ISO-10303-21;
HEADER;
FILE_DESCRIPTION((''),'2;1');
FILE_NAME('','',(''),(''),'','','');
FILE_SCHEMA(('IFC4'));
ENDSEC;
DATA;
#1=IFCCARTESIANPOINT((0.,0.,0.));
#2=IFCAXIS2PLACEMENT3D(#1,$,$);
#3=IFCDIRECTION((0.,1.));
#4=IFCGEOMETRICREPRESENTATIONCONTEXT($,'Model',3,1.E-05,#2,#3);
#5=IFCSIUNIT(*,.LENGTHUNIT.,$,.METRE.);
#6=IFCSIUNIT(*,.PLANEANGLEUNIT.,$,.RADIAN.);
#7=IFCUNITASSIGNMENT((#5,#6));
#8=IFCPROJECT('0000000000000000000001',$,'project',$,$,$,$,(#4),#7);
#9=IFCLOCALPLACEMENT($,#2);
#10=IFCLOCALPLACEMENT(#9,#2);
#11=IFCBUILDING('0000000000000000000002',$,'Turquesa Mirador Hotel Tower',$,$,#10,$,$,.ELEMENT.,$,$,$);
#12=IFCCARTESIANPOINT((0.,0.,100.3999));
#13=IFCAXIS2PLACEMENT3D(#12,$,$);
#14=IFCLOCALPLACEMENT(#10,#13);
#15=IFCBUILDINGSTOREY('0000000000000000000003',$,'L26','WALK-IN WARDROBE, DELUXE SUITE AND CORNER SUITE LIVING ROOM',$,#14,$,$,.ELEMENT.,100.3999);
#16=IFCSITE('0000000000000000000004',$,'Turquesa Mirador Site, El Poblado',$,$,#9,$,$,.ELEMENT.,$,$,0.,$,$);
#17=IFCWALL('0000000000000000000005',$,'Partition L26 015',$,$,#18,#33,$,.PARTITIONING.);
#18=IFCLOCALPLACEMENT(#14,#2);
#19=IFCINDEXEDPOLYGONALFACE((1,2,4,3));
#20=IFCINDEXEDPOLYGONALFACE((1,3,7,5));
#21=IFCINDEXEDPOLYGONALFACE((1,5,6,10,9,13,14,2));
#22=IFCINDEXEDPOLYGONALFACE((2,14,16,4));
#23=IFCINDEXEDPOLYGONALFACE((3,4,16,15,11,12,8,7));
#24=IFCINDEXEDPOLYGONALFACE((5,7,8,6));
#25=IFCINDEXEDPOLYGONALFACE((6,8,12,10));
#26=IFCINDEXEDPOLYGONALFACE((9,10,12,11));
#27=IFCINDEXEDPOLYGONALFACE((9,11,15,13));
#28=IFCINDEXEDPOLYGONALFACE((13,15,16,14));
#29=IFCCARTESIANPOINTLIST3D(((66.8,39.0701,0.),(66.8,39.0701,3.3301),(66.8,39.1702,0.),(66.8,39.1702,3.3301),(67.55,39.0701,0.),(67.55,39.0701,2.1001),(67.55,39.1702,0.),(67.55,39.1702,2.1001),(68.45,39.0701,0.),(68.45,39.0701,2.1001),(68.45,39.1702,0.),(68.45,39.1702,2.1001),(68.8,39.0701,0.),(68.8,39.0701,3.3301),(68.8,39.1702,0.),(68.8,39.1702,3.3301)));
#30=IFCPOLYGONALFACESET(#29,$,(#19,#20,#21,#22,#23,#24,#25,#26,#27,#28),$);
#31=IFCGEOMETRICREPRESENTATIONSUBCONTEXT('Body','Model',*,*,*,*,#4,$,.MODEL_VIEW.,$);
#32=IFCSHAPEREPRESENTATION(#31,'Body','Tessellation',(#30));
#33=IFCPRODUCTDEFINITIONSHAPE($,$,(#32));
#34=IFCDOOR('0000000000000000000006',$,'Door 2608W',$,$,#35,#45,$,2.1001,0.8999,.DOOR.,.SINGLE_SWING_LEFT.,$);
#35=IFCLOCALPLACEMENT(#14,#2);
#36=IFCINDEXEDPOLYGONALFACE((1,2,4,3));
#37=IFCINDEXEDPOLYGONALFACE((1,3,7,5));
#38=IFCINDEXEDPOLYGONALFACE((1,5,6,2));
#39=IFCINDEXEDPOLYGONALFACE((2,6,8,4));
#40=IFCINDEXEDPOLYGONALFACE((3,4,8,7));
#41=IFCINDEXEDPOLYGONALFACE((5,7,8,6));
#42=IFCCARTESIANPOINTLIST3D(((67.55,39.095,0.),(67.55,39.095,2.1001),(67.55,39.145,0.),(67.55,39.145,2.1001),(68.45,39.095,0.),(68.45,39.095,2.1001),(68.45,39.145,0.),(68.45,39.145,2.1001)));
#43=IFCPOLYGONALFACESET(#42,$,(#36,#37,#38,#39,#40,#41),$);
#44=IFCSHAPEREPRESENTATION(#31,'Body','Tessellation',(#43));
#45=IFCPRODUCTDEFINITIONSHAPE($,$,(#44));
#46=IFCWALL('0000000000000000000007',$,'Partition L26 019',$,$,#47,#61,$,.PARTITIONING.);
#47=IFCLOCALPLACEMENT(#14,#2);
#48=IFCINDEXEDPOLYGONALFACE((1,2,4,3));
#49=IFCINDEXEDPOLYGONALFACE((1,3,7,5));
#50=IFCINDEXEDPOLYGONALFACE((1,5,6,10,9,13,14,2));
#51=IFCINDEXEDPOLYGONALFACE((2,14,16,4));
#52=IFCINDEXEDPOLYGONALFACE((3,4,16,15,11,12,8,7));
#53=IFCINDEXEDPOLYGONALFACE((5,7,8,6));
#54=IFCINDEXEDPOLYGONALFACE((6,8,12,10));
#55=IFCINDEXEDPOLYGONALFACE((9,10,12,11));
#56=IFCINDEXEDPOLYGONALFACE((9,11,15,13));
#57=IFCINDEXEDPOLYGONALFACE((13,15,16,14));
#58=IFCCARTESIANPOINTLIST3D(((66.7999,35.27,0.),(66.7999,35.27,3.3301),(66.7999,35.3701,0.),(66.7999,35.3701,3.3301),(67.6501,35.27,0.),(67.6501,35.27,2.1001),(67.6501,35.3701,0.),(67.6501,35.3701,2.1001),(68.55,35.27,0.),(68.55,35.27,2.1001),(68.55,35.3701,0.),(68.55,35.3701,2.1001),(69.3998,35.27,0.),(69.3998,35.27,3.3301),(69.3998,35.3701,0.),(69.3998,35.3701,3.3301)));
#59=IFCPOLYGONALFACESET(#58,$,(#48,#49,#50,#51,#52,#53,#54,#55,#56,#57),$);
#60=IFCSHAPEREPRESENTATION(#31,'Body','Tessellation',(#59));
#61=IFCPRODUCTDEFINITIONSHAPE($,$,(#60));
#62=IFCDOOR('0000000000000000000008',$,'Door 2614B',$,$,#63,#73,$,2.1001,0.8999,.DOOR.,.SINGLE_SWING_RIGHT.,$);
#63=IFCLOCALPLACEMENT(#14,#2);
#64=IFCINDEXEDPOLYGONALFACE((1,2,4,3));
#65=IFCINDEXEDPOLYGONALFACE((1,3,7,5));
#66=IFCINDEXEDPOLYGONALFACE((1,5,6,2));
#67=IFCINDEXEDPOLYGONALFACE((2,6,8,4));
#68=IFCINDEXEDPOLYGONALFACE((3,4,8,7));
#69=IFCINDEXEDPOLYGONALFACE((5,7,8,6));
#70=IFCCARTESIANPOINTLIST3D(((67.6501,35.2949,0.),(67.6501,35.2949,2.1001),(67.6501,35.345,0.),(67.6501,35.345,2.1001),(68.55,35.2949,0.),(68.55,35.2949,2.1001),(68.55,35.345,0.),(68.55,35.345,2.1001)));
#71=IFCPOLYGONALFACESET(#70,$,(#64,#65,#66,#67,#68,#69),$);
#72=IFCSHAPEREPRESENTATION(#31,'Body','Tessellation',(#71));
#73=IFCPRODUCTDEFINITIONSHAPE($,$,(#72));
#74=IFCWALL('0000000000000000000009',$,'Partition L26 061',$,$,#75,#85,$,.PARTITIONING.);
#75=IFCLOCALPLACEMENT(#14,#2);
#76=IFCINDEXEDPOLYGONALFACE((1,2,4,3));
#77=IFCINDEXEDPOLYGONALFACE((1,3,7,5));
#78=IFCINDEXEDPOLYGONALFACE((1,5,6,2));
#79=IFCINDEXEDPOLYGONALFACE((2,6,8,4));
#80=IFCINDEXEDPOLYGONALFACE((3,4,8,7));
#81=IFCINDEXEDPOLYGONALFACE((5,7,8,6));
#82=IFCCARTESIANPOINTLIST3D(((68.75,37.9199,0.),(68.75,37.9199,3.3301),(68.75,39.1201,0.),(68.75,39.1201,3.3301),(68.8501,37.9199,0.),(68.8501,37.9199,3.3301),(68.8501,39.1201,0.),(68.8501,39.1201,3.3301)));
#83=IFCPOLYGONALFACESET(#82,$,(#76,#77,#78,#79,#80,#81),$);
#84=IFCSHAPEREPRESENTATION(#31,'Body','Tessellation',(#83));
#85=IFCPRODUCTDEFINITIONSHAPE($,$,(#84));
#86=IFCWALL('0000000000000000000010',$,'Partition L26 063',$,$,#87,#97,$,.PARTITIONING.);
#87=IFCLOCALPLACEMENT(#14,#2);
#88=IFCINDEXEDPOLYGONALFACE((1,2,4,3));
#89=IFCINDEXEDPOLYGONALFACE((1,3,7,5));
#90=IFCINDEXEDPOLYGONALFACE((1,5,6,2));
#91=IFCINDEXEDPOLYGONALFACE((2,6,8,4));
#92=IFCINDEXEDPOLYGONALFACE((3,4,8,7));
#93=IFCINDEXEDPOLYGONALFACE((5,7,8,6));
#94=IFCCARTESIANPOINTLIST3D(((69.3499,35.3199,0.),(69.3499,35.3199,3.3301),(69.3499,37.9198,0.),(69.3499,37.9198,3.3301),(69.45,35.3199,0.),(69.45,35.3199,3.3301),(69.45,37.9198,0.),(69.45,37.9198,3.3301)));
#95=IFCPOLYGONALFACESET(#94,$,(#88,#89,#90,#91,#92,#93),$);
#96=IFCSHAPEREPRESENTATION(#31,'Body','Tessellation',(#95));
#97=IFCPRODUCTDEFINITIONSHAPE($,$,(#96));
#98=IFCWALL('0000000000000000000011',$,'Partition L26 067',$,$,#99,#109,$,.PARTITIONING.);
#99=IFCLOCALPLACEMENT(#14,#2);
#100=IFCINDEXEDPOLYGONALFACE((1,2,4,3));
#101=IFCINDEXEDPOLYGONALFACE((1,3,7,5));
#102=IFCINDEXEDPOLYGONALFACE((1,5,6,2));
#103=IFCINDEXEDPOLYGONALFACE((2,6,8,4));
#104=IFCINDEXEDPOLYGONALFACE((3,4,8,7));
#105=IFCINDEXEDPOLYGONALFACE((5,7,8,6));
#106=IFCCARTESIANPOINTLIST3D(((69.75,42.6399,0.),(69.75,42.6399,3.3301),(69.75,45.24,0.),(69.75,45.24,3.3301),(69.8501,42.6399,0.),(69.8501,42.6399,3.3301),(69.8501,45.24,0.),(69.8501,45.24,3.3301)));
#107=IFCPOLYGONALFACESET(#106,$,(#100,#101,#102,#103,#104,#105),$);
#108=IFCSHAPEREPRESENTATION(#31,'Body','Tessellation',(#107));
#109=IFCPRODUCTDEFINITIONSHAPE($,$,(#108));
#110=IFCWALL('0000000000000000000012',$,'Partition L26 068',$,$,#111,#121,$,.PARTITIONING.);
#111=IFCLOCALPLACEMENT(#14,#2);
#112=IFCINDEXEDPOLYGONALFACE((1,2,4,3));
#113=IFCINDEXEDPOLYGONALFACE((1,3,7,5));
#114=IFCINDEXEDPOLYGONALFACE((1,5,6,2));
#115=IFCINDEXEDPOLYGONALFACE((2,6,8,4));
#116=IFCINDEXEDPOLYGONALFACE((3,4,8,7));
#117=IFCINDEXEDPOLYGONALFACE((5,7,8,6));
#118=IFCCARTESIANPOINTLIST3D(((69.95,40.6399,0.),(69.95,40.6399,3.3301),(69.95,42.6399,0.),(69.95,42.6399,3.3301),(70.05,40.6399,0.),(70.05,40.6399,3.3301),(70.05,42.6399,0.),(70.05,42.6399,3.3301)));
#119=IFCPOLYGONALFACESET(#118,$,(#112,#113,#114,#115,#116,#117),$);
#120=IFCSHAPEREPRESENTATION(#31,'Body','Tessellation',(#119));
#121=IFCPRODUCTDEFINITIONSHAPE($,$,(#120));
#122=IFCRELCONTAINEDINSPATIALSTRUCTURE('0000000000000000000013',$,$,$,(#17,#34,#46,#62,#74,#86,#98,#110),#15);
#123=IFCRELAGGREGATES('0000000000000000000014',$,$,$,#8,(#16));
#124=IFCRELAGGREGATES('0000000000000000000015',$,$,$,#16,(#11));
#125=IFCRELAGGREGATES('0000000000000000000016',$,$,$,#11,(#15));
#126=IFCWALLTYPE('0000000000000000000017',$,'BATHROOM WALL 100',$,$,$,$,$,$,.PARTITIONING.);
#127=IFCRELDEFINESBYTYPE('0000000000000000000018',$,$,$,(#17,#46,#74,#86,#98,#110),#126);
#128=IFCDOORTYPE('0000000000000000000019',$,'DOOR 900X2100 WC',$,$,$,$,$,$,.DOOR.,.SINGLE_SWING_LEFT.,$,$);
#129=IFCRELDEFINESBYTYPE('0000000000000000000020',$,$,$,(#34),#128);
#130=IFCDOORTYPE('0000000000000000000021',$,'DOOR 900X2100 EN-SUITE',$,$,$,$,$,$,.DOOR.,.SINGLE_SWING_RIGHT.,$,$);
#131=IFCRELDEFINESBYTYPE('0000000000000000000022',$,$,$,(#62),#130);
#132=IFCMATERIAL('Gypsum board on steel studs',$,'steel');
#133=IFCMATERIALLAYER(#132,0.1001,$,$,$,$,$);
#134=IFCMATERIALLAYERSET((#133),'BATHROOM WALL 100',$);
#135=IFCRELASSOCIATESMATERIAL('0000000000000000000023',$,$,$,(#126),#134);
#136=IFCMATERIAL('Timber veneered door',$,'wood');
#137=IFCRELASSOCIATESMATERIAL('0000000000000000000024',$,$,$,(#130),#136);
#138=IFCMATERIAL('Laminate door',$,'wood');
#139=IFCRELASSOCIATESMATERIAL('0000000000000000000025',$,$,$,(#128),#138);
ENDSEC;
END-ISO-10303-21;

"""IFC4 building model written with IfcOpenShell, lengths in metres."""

from ifc_helpers import new_model, si_unit, direction, frame, frame_2d, origin, place, context, subcontext, project, spatial, rectangle, extrude, material, layer, layer_set, type_object, element, fill, save


model = new_model("IFC4")

# Units and contexts
model_context = context("Model", 3, precision=1e-05, world=origin(), true_north=direction((0.0, 1.0)))
body_context = subcontext(model_context, "Body", "Model", "MODEL_VIEW")
ifc_project = project(units=[si_unit("LENGTHUNIT", "METRE"), si_unit("PLANEANGLEUNIT", "RADIAN")], contexts=[model_context])

# Site, building, storey
site_placement = place(None, origin())
site = spatial("IfcSite", under=ifc_project, at=site_placement, Name="Turquesa Mirador Site, El Poblado", CompositionType="ELEMENT", RefElevation=0.0)
building_placement = place(site_placement, origin())
building = spatial("IfcBuilding", under=site, at=building_placement, Name="Turquesa Mirador Hotel Tower", CompositionType="ELEMENT")
storey_placement = place(building_placement, frame((0.0, 0.0, 100.3999)))
storey = spatial("IfcBuildingStorey", under=building, at=storey_placement, Name="L26", Description="WALK-IN WARDROBE, DELUXE SUITE AND CORNER SUITE LIVING ROOM", CompositionType="ELEMENT", Elevation=100.3999)

# Walls, openings, doors
ifc_material_1 = material(Name="Gypsum board on steel studs", Category="steel")
ifc_layer_1 = layer(ifc_material_1, 0.1001)
ifc_layer_set_1 = layer_set([ifc_layer_1], Name="BATHROOM WALL 100")
wall_type_1 = type_object("IfcWallType", Name="BATHROOM WALL 100", PredefinedType="PARTITIONING", material=ifc_layer_set_1)
ifc_material_2 = material(Name="Timber veneered door", Category="wood")
door_type_1 = type_object("IfcDoorType", Name="DOOR 900X2100 EN-SUITE", OperationType="SINGLE_SWING_RIGHT", PredefinedType="DOOR", material=ifc_material_2)
wall_1_placement = place(storey_placement, frame((66.8, 39.1201, 0.0), z_axis=(0.0, 0.0, 1.0), x_axis=(1.0, 0.0, 0.0)))
wall_1 = element("IfcWall", 1, at=wall_1_placement, inside=storey, type_object=wall_type_1, Name="Partition L26 015", PredefinedType="PARTITIONING", context=body_context, shape_type="SweptSolid", body=[
    extrude(rectangle(XDim=2.0, YDim=0.1001, at=frame_2d((1.0, 0.0))), origin(), (0.0, 0.0, 1.0), 3.3301),
])
opening_1_placement = place(wall_1_placement, frame((0.75, 0.0, 0.0)))
opening_1 = element("IfcOpeningElement", 2, at=opening_1_placement, cuts=wall_1, PredefinedType="OPENING", context=body_context, shape_type="SweptSolid", body=[
    extrude(rectangle(XDim=0.8999, YDim=2.1001, at=frame_2d((0.45, 1.05))), frame((0.0, 0.0601, 0.0), z_axis=(0.0, -1.0, 0.0), x_axis=(1.0, 0.0, 0.0)), (0.0, 0.0, 1.0), 0.1201),
])
ifc_material_3 = material(Name="Laminate door", Category="wood")
door_type_2 = type_object("IfcDoorType", Name="DOOR 900X2100 WC", OperationType="SINGLE_SWING_LEFT", PredefinedType="DOOR", material=ifc_material_3)
door_1_placement = place(opening_1_placement, origin())
door_1 = element("IfcDoor", 3, at=door_1_placement, inside=storey, type_object=door_type_2, Name="Door 2608W", OperationType="SINGLE_SWING_LEFT", OverallHeight=2.1001, OverallWidth=0.8999, PredefinedType="DOOR", context=body_context, shape_type="SweptSolid", body=[
    extrude(rectangle(XDim=0.8999, YDim=2.1001, at=frame_2d((0.45, 1.05))), frame((0.0, 0.0249, 0.0), z_axis=(0.0, -1.0, 0.0), x_axis=(1.0, 0.0, 0.0)), (0.0, 0.0, 1.0), 0.05),
])
fill(opening_1, door_1)
wall_2_placement = place(storey_placement, frame((66.8, 35.3201, 0.0), z_axis=(0.0, 0.0, 1.0), x_axis=(1.0, 0.0, 0.0)))
wall_2 = element("IfcWall", 4, at=wall_2_placement, inside=storey, type_object=wall_type_1, Name="Partition L26 019", PredefinedType="PARTITIONING", context=body_context, shape_type="SweptSolid", body=[
    extrude(rectangle(XDim=2.5999, YDim=0.1001, at=frame_2d((1.2998, 0.0))), origin(), (0.0, 0.0, 1.0), 3.3301),
])
opening_2_placement = place(wall_2_placement, frame((0.8501, 0.0, 0.0)))
opening_2 = element("IfcOpeningElement", 5, at=opening_2_placement, cuts=wall_2, PredefinedType="OPENING", context=body_context, shape_type="SweptSolid", body=[
    extrude(rectangle(XDim=0.8999, YDim=2.1001, at=frame_2d((0.45, 1.05))), frame((0.0, 0.0601, 0.0), z_axis=(0.0, -1.0, 0.0), x_axis=(1.0, 0.0, 0.0)), (0.0, 0.0, 1.0), 0.1201),
])
door_2_placement = place(opening_2_placement, origin())
door_2 = element("IfcDoor", 6, at=door_2_placement, inside=storey, type_object=door_type_1, Name="Door 2614B", OperationType="SINGLE_SWING_RIGHT", OverallHeight=2.1001, OverallWidth=0.8999, PredefinedType="DOOR", context=body_context, shape_type="SweptSolid", body=[
    extrude(rectangle(XDim=0.8999, YDim=2.1001, at=frame_2d((0.45, 1.05))), frame((0.0, 0.0249, 0.0), z_axis=(0.0, -1.0, 0.0), x_axis=(1.0, 0.0, 0.0)), (0.0, 0.0, 1.0), 0.05),
])
fill(opening_2, door_2)

# Walls
wall_3_placement = place(storey_placement, frame((68.8, 37.9199, 0.0), z_axis=(0.0, 0.0, 1.0), x_axis=(0.0, 1.0, 0.0)))
element("IfcWall", 7, at=wall_3_placement, inside=storey, type_object=wall_type_1, Name="Partition L26 061", PredefinedType="PARTITIONING", context=body_context, shape_type="SweptSolid", body=[
    extrude(rectangle(XDim=1.2002, YDim=0.1001, at=frame_2d((0.6001, 0.0))), origin(), (0.0, 0.0, 1.0), 3.3301),
])
wall_4_placement = place(storey_placement, frame((69.3999, 35.3201, 0.0), z_axis=(0.0, 0.0, 1.0), x_axis=(0.0, 1.0, 0.0)))
element("IfcWall", 8, at=wall_4_placement, inside=storey, type_object=wall_type_1, Name="Partition L26 063", PredefinedType="PARTITIONING", context=body_context, shape_type="SweptSolid", body=[
    extrude(rectangle(XDim=2.5999, YDim=0.1001, at=frame_2d((1.2998, 0.0))), origin(), (0.0, 0.0, 1.0), 3.3301),
])
wall_5_placement = place(storey_placement, frame((69.8, 42.6399, 0.0), z_axis=(0.0, 0.0, 1.0), x_axis=(0.0, 1.0, 0.0)))
element("IfcWall", 9, at=wall_5_placement, inside=storey, type_object=wall_type_1, Name="Partition L26 067", PredefinedType="PARTITIONING", context=body_context, shape_type="SweptSolid", body=[
    extrude(rectangle(XDim=2.6001, YDim=0.1001, at=frame_2d((1.3, 0.0))), origin(), (0.0, 0.0, 1.0), 3.3301),
])
wall_6_placement = place(storey_placement, frame((70.0, 40.6399, 0.0), z_axis=(0.0, 0.0, 1.0), x_axis=(0.0, 1.0, 0.0)))
element("IfcWall", 10, at=wall_6_placement, inside=storey, type_object=wall_type_1, Name="Partition L26 068", PredefinedType="PARTITIONING", context=body_context, shape_type="SweptSolid", body=[
    extrude(rectangle(XDim=2.0, YDim=0.1001, at=frame_2d((1.0, 0.0))), origin(), (0.0, 0.0, 1.0), 3.3301),
])

save(model, "model.ifc")
